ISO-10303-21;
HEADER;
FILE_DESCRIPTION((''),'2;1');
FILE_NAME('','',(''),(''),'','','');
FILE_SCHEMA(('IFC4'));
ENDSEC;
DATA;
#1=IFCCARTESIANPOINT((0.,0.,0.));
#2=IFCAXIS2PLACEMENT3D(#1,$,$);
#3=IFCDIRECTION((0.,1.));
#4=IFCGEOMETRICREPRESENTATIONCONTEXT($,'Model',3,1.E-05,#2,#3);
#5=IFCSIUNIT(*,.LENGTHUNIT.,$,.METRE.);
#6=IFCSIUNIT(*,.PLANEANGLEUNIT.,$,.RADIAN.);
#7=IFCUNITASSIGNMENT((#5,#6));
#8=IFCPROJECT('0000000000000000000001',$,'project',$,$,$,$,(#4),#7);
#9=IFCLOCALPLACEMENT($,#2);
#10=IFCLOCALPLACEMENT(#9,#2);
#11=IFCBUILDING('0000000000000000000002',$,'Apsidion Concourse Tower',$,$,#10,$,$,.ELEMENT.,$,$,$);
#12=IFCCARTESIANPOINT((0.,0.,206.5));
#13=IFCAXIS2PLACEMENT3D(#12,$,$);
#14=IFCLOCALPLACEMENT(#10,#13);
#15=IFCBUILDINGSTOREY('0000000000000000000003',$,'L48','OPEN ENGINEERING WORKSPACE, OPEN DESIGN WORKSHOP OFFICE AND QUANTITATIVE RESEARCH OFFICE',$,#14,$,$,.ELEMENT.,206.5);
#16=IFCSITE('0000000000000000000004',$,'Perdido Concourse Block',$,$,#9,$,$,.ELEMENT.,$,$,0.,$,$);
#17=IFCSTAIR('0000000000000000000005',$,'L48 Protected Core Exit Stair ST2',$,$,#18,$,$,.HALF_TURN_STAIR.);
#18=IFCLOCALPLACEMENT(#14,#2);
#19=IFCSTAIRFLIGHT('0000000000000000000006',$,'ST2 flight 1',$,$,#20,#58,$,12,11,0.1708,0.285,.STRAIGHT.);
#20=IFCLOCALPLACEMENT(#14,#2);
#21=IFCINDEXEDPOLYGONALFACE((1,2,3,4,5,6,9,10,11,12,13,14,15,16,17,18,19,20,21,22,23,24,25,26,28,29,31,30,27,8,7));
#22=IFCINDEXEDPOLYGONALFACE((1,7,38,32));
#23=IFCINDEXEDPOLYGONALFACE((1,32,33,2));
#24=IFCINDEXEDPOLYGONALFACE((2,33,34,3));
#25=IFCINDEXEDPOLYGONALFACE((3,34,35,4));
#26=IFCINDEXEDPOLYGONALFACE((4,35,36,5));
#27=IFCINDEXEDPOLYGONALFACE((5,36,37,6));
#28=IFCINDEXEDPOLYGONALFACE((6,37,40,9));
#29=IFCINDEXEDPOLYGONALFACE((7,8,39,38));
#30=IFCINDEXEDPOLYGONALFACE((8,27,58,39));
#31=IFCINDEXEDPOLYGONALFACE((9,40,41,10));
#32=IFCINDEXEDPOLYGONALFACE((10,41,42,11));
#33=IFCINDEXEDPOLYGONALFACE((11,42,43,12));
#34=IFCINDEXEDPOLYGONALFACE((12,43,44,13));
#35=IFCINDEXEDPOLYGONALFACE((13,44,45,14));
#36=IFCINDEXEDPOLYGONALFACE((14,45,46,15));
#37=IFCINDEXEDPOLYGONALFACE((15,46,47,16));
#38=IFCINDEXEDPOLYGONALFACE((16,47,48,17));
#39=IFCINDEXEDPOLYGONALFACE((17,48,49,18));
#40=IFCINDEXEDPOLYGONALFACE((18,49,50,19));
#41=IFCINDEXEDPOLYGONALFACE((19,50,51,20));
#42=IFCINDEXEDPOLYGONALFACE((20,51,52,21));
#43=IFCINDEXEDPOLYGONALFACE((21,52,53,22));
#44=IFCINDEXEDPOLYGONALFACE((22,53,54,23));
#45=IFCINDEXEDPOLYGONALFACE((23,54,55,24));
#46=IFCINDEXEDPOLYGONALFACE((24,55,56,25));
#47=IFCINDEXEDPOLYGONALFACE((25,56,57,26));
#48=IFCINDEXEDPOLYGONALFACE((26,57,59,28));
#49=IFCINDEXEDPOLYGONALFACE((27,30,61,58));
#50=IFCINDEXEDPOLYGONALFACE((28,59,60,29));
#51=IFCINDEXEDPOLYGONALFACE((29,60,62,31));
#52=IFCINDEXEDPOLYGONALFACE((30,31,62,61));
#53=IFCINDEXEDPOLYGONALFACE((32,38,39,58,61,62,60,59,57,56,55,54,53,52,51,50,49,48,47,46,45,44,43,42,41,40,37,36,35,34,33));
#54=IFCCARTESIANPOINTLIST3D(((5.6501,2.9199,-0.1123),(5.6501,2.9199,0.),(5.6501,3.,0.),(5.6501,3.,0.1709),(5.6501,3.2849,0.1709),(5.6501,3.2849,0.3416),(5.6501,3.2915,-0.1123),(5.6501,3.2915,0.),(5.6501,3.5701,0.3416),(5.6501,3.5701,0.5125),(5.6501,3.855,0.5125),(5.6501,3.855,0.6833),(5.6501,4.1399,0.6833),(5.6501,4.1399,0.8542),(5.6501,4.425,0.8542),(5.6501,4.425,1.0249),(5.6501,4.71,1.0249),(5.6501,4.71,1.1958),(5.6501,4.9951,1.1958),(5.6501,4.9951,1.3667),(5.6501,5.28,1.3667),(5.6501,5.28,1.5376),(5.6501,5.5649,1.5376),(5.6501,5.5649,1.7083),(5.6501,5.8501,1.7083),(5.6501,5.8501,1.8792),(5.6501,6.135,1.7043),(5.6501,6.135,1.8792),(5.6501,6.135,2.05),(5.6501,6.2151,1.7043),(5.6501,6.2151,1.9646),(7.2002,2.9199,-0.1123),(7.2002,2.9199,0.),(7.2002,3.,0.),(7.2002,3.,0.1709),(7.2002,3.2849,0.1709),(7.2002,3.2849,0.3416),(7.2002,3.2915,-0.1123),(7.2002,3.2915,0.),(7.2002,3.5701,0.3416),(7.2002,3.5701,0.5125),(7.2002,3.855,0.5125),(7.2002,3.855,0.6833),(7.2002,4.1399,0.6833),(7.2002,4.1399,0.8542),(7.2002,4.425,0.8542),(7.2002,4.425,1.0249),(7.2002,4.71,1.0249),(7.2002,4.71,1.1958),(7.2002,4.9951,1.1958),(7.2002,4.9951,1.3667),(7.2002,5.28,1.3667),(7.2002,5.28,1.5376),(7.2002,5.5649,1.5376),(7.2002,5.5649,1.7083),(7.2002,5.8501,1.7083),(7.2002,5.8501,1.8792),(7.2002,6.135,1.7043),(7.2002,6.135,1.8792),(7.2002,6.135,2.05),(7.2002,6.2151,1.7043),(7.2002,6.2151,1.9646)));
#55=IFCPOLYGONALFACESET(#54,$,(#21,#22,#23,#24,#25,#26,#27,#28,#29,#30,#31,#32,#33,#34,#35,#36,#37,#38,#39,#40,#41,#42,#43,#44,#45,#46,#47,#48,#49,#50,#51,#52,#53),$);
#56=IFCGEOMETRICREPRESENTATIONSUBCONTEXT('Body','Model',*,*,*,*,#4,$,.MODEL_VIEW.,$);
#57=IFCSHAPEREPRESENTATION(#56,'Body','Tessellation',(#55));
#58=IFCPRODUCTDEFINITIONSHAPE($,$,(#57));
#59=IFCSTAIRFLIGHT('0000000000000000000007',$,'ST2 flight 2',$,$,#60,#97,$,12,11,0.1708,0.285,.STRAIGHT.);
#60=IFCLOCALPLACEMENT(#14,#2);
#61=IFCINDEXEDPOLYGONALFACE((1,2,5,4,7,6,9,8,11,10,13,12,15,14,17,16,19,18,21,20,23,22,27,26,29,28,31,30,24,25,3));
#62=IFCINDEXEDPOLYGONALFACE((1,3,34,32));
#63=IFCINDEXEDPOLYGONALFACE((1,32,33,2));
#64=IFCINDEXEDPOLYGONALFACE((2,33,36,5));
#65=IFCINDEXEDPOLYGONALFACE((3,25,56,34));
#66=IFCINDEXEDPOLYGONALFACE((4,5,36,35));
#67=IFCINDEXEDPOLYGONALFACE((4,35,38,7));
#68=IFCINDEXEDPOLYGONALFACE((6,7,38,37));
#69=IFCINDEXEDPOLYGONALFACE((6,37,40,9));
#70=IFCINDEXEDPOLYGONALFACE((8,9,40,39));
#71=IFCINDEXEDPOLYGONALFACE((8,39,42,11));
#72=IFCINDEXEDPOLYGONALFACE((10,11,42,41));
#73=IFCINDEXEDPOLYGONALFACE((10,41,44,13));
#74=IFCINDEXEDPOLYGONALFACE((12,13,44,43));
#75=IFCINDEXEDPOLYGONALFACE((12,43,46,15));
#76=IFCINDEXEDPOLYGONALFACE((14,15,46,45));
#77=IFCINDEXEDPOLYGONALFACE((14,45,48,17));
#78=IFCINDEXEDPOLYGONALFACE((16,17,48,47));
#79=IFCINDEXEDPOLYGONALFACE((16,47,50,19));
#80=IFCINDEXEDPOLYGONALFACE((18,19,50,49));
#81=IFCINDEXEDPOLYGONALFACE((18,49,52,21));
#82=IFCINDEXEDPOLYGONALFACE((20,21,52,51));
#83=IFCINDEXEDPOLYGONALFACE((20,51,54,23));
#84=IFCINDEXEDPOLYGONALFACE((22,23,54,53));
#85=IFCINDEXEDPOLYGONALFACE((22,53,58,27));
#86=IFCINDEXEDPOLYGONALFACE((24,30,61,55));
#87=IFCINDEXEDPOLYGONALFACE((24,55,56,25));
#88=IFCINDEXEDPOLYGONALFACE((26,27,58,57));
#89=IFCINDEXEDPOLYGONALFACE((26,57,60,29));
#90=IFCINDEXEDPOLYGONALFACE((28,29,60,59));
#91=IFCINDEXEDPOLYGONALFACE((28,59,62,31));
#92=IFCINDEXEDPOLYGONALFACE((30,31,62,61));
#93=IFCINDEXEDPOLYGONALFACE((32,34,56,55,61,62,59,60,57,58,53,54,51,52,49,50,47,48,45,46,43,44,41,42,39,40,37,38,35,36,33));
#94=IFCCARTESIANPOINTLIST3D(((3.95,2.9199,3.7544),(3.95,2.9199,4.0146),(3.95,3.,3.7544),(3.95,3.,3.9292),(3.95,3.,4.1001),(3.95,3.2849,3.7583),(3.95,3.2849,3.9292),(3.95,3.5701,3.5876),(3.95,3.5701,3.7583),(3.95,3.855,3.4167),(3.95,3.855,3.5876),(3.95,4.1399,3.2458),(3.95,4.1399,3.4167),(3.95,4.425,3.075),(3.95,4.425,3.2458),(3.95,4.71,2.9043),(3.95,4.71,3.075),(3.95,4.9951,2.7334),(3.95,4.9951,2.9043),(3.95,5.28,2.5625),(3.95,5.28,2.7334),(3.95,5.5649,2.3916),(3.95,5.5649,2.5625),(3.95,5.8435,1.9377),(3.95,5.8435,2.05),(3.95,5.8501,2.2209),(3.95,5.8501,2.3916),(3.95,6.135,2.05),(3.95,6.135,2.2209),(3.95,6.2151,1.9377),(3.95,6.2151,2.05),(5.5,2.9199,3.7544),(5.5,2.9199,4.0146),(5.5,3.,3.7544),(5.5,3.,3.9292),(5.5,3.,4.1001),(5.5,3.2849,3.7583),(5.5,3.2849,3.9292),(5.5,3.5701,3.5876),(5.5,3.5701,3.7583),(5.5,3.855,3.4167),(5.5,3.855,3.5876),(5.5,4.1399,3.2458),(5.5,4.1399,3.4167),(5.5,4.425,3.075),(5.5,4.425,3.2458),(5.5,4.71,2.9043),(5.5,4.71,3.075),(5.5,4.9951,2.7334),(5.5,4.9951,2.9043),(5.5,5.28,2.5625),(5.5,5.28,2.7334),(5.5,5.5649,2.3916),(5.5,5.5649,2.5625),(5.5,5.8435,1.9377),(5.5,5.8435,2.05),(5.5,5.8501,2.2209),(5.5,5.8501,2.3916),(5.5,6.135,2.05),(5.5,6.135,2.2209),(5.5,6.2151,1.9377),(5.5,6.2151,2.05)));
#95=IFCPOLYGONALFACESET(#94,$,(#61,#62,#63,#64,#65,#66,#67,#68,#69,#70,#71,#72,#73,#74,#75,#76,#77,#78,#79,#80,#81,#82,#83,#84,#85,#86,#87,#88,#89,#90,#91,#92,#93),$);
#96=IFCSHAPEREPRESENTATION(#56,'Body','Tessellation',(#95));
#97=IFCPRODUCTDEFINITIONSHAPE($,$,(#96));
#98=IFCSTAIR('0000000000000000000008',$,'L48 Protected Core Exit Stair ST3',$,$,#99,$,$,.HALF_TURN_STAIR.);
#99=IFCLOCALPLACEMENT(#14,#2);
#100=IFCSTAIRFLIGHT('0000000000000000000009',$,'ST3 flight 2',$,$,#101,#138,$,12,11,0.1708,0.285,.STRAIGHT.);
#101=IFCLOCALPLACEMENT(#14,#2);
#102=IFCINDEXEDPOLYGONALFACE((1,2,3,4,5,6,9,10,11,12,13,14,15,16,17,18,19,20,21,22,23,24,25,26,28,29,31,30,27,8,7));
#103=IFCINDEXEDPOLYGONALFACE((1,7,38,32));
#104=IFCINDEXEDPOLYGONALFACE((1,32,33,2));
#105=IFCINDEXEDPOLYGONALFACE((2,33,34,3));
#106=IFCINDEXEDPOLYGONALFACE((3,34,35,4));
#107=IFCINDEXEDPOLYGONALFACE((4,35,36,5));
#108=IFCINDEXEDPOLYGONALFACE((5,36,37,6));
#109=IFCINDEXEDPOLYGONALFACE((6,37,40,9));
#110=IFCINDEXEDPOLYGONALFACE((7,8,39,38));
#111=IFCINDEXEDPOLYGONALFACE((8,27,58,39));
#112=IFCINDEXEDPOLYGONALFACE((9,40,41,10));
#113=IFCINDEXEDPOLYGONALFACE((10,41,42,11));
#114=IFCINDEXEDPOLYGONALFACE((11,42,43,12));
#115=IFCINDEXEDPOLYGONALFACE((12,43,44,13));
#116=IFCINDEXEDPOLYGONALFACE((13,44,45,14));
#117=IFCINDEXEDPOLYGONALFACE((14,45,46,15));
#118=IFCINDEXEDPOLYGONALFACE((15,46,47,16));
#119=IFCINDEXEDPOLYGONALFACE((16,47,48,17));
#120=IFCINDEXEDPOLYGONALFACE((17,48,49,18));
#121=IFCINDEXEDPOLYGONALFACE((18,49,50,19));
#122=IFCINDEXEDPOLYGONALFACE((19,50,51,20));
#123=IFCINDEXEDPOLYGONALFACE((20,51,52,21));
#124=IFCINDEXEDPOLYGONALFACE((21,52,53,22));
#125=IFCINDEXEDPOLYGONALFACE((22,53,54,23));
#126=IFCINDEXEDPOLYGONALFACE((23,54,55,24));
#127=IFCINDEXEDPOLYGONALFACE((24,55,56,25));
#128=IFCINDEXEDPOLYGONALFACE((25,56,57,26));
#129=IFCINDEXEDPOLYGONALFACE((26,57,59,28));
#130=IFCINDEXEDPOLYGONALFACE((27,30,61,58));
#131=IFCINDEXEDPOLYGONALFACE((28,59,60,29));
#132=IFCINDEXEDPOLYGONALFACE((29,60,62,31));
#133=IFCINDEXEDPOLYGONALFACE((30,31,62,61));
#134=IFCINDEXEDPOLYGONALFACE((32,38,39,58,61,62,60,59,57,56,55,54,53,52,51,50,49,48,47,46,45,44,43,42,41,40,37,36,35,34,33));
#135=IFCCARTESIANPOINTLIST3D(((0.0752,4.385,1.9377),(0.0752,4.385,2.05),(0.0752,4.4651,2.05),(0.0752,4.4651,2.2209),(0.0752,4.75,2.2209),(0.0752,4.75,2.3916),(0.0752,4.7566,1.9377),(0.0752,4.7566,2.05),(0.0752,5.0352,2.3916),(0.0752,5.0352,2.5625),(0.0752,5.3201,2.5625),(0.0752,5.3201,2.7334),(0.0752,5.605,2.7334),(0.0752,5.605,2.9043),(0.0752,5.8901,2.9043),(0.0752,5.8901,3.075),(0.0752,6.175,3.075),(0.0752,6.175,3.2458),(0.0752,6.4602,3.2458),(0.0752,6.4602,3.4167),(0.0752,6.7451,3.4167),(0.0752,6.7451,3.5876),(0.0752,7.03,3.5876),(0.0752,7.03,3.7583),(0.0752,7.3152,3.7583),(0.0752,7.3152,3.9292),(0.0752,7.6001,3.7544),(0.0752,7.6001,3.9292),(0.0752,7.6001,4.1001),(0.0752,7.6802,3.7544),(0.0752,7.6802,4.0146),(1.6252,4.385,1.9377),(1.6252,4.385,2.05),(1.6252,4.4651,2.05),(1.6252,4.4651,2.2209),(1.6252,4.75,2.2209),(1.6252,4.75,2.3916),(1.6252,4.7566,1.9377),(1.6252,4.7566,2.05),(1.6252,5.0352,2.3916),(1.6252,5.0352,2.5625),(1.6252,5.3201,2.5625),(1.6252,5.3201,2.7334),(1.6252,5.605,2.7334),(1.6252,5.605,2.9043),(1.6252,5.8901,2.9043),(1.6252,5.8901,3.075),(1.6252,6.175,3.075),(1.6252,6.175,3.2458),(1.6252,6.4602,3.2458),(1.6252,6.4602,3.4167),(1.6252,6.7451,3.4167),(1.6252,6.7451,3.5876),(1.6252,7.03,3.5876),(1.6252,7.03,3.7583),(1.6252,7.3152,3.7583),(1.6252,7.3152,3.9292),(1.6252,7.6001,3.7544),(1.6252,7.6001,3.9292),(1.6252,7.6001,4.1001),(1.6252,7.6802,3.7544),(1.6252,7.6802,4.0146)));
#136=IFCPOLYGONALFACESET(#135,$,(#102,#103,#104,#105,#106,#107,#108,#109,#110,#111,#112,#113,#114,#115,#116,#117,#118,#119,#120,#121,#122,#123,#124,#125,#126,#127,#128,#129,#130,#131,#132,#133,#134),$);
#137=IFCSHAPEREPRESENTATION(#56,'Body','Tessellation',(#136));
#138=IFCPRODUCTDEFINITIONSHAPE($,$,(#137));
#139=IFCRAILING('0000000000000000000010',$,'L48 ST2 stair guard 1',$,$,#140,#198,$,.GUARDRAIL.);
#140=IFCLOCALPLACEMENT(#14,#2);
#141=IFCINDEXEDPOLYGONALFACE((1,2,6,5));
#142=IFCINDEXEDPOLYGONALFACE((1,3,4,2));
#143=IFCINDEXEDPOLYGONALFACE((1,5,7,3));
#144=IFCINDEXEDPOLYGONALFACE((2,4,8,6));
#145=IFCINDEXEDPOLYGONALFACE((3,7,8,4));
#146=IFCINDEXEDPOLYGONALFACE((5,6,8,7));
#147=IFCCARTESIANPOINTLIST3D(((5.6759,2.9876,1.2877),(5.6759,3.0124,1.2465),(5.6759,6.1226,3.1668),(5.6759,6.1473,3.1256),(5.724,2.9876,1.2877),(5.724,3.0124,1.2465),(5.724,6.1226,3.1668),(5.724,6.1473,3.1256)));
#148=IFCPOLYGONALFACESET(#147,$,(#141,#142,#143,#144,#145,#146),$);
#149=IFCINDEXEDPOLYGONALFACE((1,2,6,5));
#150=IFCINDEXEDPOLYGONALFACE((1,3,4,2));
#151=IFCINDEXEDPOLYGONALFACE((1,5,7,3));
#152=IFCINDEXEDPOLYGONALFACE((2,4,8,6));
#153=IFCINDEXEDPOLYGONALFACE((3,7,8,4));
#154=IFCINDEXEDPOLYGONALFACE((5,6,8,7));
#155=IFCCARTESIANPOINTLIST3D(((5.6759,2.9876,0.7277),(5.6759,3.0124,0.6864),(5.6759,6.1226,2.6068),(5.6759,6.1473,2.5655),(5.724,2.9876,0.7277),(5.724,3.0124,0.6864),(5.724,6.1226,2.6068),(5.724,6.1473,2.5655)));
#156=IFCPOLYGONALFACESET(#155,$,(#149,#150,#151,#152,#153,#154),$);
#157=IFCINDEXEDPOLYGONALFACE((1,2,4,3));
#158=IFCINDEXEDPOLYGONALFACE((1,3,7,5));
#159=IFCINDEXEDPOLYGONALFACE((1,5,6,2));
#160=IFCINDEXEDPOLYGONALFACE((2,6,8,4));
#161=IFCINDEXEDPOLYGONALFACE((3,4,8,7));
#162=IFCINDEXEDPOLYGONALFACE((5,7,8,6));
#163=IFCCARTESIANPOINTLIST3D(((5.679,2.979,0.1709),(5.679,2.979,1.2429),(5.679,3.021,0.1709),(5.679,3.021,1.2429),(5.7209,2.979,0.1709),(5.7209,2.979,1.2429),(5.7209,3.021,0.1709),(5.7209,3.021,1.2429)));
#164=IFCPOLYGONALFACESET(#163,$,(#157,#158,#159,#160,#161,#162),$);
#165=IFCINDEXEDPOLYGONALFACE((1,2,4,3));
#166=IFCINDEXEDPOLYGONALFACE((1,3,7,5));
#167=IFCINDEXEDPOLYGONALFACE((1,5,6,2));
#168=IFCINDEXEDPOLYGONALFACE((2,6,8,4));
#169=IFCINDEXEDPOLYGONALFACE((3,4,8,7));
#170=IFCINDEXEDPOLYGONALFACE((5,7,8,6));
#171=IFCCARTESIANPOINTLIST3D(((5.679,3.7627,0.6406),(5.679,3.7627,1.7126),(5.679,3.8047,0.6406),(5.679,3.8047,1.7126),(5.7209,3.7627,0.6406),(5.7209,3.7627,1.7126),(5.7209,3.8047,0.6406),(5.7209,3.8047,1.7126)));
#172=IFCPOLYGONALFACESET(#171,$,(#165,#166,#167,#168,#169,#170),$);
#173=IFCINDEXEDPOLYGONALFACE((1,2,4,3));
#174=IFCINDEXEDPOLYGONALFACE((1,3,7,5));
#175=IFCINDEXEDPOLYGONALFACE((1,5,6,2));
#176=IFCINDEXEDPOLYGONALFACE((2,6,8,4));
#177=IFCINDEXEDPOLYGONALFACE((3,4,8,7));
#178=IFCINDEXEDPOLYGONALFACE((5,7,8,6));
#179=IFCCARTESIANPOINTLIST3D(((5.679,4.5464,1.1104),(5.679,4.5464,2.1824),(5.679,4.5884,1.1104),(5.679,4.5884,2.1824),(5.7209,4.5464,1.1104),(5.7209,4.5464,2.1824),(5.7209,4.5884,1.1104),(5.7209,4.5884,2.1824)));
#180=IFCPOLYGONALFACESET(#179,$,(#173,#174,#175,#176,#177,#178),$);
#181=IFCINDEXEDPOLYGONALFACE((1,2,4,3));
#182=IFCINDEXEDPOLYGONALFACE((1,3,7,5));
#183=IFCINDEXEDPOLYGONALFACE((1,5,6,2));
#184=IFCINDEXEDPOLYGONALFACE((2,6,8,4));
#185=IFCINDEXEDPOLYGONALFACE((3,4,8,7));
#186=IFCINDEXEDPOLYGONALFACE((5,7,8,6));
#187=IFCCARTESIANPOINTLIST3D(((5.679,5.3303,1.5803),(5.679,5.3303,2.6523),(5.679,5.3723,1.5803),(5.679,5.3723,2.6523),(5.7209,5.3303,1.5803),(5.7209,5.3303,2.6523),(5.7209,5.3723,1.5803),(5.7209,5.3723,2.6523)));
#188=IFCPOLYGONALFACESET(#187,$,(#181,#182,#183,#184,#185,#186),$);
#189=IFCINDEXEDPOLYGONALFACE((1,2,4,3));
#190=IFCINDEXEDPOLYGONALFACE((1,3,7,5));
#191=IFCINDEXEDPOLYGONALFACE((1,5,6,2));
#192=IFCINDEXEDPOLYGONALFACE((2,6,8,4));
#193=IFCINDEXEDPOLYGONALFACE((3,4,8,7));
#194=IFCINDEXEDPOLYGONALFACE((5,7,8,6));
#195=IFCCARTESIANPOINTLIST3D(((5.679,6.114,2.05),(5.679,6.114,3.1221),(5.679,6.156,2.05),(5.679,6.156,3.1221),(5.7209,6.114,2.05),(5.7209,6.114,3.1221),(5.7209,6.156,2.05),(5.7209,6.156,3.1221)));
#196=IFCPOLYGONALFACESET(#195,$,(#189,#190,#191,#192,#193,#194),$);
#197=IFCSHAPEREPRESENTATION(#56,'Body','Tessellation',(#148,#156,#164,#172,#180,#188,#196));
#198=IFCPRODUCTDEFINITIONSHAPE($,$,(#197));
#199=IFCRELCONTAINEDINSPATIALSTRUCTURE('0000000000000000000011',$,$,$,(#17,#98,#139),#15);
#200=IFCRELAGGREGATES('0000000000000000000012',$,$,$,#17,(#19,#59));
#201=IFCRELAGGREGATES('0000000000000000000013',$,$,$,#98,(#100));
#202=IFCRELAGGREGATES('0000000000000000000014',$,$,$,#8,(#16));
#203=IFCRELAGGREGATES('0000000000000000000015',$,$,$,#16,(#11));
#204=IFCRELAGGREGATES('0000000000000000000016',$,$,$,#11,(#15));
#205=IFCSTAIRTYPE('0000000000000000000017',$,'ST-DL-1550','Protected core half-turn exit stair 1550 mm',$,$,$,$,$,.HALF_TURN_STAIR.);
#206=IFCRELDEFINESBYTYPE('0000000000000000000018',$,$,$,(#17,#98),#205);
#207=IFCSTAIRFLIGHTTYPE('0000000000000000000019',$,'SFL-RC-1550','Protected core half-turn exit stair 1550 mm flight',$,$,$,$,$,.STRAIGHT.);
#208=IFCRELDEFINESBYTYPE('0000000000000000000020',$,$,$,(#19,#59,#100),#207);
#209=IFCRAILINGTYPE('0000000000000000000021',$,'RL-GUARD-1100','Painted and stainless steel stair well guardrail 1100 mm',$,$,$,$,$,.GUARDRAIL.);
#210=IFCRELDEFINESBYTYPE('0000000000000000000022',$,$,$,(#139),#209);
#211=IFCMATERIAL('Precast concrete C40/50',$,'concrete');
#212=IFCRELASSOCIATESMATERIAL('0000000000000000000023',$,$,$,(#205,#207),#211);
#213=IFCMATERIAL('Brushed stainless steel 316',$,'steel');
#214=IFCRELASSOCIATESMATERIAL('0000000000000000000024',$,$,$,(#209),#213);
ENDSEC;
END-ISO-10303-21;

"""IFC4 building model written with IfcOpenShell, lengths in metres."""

from ifc_helpers import new_model, si_unit, direction, frame, origin, origin_2d, place, context, subcontext, project, spatial, polyline, rectangle, outline, extrude, material, type_object, element, aggregate, save


model = new_model("IFC4")

# Units and contexts
model_context = context("Model", 3, precision=1e-05, world=origin(), true_north=direction((0.0, 1.0)))
body_context = subcontext(model_context, "Body", "Model", "MODEL_VIEW")
ifc_project = project(units=[si_unit("LENGTHUNIT", "METRE"), si_unit("PLANEANGLEUNIT", "RADIAN")], contexts=[model_context])

# Site, building, storey
site_placement = place(None, origin())
site = spatial("IfcSite", under=ifc_project, at=site_placement, Name="Perdido Concourse Block", CompositionType="ELEMENT", RefElevation=0.0)
building_placement = place(site_placement, origin())
building = spatial("IfcBuilding", under=site, at=building_placement, Name="Apsidion Concourse Tower", CompositionType="ELEMENT")
storey_placement = place(building_placement, frame((0.0, 0.0, 206.5)))
storey = spatial("IfcBuildingStorey", under=building, at=storey_placement, Name="L48", Description="OPEN ENGINEERING WORKSPACE, OPEN DESIGN WORKSHOP OFFICE AND QUANTITATIVE RESEARCH OFFICE", CompositionType="ELEMENT", Elevation=206.5)

# Stair, stair flights
ifc_material_1 = material(Name="Precast concrete C40/50", Category="concrete")
stair_type = type_object("IfcStairType", Name="ST-DL-1550", Description="Protected core half-turn exit stair 1550 mm", PredefinedType="HALF_TURN_STAIR", material=ifc_material_1)
stair_1_placement = place(storey_placement, origin())
stair_1 = element("IfcStair", 1, at=stair_1_placement, inside=storey, type_object=stair_type, Name="L48 Protected Core Exit Stair ST2", PredefinedType="HALF_TURN_STAIR")
stair_flight_type = type_object("IfcStairFlightType", Name="SFL-RC-1550", Description="Protected core half-turn exit stair 1550 mm flight", PredefinedType="STRAIGHT", material=ifc_material_1)
stair_flight_1_placement = place(storey_placement, frame((6.425, 3.0, 0.0), z_axis=(0.0, 0.0, 1.0), x_axis=(0.0, 1.0, 0.0)))
stair_flight_1 = element("IfcStairFlight", 2, at=stair_flight_1_placement, type_object=stair_flight_type, Name="ST2 flight 1", NumberOfRisers=12, NumberOfTreads=11, PredefinedType="STRAIGHT", RiserHeight=0.1708, TreadLength=0.285, context=body_context, shape_type="SweptSolid", body=[
    extrude(outline(polyline([(-0.0801, -0.1123), (-0.0801, 0.0), (0.0, 0.0), (0.0, 0.1709), (0.2849, 0.1709), (0.2849, 0.3416), (0.5701, 0.3416), (0.5701, 0.5125), (0.855, 0.5125), (0.855, 0.6833), (1.1399, 0.6833), (1.1399, 0.8542), (1.425, 0.8542), (1.425, 1.0249), (1.71, 1.0249), (1.71, 1.1958), (1.9951, 1.1958), (1.9951, 1.3667), (2.28, 1.3667), (2.28, 1.5376), (2.5649, 1.5376), (2.5649, 1.7083), (2.8501, 1.7083), (2.8501, 1.8792), (3.135, 1.8792), (3.135, 2.05), (3.2151, 1.9646), (3.2151, 1.7043), (3.135, 1.7043), (0.2915, 0.0), (0.2915, -0.1123), (-0.0801, -0.1123)])), frame((0.0, 0.7749, 0.0), z_axis=(0.0, -1.0, 0.0), x_axis=(1.0, 0.0, 0.0)), (0.0, 0.0, 1.0), 1.55),
])
stair_flight_2_placement = place(storey_placement, frame((4.7251, 6.135, 2.05), z_axis=(0.0, 0.0, 1.0), x_axis=(0.0, -1.0, 0.0)))
stair_flight_2 = element("IfcStairFlight", 3, at=stair_flight_2_placement, type_object=stair_flight_type, Name="ST2 flight 2", NumberOfRisers=12, NumberOfTreads=11, PredefinedType="STRAIGHT", RiserHeight=0.1708, TreadLength=0.285, context=body_context, shape_type="SweptSolid", body=[
    extrude(outline(polyline([(-0.0801, -0.1123), (-0.0801, 0.0), (0.0, 0.0), (0.0, 0.1709), (0.2849, 0.1709), (0.2849, 0.3416), (0.5701, 0.3416), (0.5701, 0.5125), (0.855, 0.5125), (0.855, 0.6833), (1.1399, 0.6833), (1.1399, 0.8542), (1.425, 0.8542), (1.425, 1.0249), (1.71, 1.0249), (1.71, 1.1958), (1.9951, 1.1958), (1.9951, 1.3667), (2.28, 1.3667), (2.28, 1.5376), (2.5649, 1.5376), (2.5649, 1.7083), (2.8501, 1.7083), (2.8501, 1.8792), (3.135, 1.8792), (3.135, 2.05), (3.2151, 1.9646), (3.2151, 1.7043), (3.135, 1.7043), (0.2915, 0.0), (0.2915, -0.1123), (-0.0801, -0.1123)])), frame((0.0, 0.7749, 0.0), z_axis=(0.0, -1.0, 0.0), x_axis=(1.0, 0.0, 0.0)), (0.0, 0.0, 1.0), 1.55),
])
aggregate(stair_1, [stair_flight_1, stair_flight_2])

# Stair, stair flight
stair_2_placement = place(storey_placement, origin())
stair_2 = element("IfcStair", 4, at=stair_2_placement, inside=storey, type_object=stair_type, Name="L48 Protected Core Exit Stair ST3", PredefinedType="HALF_TURN_STAIR")
stair_flight_3_placement = place(storey_placement, frame((0.8501, 4.4651, 2.05), z_axis=(0.0, 0.0, 1.0), x_axis=(0.0, 1.0, 0.0)))
stair_flight_3 = element("IfcStairFlight", 5, at=stair_flight_3_placement, type_object=stair_flight_type, Name="ST3 flight 2", NumberOfRisers=12, NumberOfTreads=11, PredefinedType="STRAIGHT", RiserHeight=0.1708, TreadLength=0.285, context=body_context, shape_type="SweptSolid", body=[
    extrude(outline(polyline([(-0.0801, -0.1123), (-0.0801, 0.0), (0.0, 0.0), (0.0, 0.1709), (0.2849, 0.1709), (0.2849, 0.3416), (0.5701, 0.3416), (0.5701, 0.5125), (0.855, 0.5125), (0.855, 0.6833), (1.1399, 0.6833), (1.1399, 0.8542), (1.425, 0.8542), (1.425, 1.0249), (1.71, 1.0249), (1.71, 1.1958), (1.9951, 1.1958), (1.9951, 1.3667), (2.28, 1.3667), (2.28, 1.5376), (2.5649, 1.5376), (2.5649, 1.7083), (2.8501, 1.7083), (2.8501, 1.8792), (3.135, 1.8792), (3.135, 2.05), (3.2151, 1.9646), (3.2151, 1.7043), (3.135, 1.7043), (0.2915, 0.0), (0.2915, -0.1123), (-0.0801, -0.1123)])), frame((0.0, 0.7749, 0.0), z_axis=(0.0, -1.0, 0.0), x_axis=(1.0, 0.0, 0.0)), (0.0, 0.0, 1.0), 1.55),
])
aggregate(stair_2, [stair_flight_3])

# Railing
ifc_material_2 = material(Name="Brushed stainless steel 316", Category="steel")
railing_type_1 = type_object("IfcRailingType", Name="RL-GUARD-1100", Description="Painted and stainless steel stair well guardrail 1100 mm", PredefinedType="GUARDRAIL", material=ifc_material_2)
railing_1_placement = place(storey_placement, frame((5.7, 3.0, 0.1709)))
element("IfcRailing", 6, at=railing_1_placement, inside=storey, type_object=railing_type_1, Name="L48 ST2 stair guard 1", PredefinedType="GUARDRAIL", context=body_context, shape_type="SweptSolid", body=[
    extrude(rectangle(XDim=0.0481, YDim=0.0481, at=origin_2d()), frame((0.0, 0.0, 1.0962), z_axis=(0.0, 0.857717, 0.514122), x_axis=(-1.0, 0.0, 0.0)), (0.0, 0.0, 1.0), 3.655),
    extrude(rectangle(XDim=0.0481, YDim=0.0481, at=origin_2d()), frame((0.0, 0.0, 0.5361), z_axis=(0.0, 0.857717, 0.514122), x_axis=(-1.0, 0.0, 0.0)), (0.0, 0.0, 1.0), 3.655),
    extrude(rectangle(XDim=0.042, YDim=0.042, at=origin_2d()), origin(), (0.0, 0.0, 1.0), 1.072),
    extrude(rectangle(XDim=0.042, YDim=0.042, at=origin_2d()), frame((0.0, 0.7837, 0.4697)), (0.0, 0.0, 1.0), 1.072),
    extrude(rectangle(XDim=0.042, YDim=0.042, at=origin_2d()), frame((0.0, 1.5674, 0.9395)), (0.0, 0.0, 1.0), 1.072),
    extrude(rectangle(XDim=0.042, YDim=0.042, at=origin_2d()), frame((0.0, 2.3513, 1.4094)), (0.0, 0.0, 1.0), 1.072),
    extrude(rectangle(XDim=0.042, YDim=0.042, at=origin_2d()), frame((0.0, 3.135, 1.8792)), (0.0, 0.0, 1.0), 1.072),
])

save(model, "model.ifc")
